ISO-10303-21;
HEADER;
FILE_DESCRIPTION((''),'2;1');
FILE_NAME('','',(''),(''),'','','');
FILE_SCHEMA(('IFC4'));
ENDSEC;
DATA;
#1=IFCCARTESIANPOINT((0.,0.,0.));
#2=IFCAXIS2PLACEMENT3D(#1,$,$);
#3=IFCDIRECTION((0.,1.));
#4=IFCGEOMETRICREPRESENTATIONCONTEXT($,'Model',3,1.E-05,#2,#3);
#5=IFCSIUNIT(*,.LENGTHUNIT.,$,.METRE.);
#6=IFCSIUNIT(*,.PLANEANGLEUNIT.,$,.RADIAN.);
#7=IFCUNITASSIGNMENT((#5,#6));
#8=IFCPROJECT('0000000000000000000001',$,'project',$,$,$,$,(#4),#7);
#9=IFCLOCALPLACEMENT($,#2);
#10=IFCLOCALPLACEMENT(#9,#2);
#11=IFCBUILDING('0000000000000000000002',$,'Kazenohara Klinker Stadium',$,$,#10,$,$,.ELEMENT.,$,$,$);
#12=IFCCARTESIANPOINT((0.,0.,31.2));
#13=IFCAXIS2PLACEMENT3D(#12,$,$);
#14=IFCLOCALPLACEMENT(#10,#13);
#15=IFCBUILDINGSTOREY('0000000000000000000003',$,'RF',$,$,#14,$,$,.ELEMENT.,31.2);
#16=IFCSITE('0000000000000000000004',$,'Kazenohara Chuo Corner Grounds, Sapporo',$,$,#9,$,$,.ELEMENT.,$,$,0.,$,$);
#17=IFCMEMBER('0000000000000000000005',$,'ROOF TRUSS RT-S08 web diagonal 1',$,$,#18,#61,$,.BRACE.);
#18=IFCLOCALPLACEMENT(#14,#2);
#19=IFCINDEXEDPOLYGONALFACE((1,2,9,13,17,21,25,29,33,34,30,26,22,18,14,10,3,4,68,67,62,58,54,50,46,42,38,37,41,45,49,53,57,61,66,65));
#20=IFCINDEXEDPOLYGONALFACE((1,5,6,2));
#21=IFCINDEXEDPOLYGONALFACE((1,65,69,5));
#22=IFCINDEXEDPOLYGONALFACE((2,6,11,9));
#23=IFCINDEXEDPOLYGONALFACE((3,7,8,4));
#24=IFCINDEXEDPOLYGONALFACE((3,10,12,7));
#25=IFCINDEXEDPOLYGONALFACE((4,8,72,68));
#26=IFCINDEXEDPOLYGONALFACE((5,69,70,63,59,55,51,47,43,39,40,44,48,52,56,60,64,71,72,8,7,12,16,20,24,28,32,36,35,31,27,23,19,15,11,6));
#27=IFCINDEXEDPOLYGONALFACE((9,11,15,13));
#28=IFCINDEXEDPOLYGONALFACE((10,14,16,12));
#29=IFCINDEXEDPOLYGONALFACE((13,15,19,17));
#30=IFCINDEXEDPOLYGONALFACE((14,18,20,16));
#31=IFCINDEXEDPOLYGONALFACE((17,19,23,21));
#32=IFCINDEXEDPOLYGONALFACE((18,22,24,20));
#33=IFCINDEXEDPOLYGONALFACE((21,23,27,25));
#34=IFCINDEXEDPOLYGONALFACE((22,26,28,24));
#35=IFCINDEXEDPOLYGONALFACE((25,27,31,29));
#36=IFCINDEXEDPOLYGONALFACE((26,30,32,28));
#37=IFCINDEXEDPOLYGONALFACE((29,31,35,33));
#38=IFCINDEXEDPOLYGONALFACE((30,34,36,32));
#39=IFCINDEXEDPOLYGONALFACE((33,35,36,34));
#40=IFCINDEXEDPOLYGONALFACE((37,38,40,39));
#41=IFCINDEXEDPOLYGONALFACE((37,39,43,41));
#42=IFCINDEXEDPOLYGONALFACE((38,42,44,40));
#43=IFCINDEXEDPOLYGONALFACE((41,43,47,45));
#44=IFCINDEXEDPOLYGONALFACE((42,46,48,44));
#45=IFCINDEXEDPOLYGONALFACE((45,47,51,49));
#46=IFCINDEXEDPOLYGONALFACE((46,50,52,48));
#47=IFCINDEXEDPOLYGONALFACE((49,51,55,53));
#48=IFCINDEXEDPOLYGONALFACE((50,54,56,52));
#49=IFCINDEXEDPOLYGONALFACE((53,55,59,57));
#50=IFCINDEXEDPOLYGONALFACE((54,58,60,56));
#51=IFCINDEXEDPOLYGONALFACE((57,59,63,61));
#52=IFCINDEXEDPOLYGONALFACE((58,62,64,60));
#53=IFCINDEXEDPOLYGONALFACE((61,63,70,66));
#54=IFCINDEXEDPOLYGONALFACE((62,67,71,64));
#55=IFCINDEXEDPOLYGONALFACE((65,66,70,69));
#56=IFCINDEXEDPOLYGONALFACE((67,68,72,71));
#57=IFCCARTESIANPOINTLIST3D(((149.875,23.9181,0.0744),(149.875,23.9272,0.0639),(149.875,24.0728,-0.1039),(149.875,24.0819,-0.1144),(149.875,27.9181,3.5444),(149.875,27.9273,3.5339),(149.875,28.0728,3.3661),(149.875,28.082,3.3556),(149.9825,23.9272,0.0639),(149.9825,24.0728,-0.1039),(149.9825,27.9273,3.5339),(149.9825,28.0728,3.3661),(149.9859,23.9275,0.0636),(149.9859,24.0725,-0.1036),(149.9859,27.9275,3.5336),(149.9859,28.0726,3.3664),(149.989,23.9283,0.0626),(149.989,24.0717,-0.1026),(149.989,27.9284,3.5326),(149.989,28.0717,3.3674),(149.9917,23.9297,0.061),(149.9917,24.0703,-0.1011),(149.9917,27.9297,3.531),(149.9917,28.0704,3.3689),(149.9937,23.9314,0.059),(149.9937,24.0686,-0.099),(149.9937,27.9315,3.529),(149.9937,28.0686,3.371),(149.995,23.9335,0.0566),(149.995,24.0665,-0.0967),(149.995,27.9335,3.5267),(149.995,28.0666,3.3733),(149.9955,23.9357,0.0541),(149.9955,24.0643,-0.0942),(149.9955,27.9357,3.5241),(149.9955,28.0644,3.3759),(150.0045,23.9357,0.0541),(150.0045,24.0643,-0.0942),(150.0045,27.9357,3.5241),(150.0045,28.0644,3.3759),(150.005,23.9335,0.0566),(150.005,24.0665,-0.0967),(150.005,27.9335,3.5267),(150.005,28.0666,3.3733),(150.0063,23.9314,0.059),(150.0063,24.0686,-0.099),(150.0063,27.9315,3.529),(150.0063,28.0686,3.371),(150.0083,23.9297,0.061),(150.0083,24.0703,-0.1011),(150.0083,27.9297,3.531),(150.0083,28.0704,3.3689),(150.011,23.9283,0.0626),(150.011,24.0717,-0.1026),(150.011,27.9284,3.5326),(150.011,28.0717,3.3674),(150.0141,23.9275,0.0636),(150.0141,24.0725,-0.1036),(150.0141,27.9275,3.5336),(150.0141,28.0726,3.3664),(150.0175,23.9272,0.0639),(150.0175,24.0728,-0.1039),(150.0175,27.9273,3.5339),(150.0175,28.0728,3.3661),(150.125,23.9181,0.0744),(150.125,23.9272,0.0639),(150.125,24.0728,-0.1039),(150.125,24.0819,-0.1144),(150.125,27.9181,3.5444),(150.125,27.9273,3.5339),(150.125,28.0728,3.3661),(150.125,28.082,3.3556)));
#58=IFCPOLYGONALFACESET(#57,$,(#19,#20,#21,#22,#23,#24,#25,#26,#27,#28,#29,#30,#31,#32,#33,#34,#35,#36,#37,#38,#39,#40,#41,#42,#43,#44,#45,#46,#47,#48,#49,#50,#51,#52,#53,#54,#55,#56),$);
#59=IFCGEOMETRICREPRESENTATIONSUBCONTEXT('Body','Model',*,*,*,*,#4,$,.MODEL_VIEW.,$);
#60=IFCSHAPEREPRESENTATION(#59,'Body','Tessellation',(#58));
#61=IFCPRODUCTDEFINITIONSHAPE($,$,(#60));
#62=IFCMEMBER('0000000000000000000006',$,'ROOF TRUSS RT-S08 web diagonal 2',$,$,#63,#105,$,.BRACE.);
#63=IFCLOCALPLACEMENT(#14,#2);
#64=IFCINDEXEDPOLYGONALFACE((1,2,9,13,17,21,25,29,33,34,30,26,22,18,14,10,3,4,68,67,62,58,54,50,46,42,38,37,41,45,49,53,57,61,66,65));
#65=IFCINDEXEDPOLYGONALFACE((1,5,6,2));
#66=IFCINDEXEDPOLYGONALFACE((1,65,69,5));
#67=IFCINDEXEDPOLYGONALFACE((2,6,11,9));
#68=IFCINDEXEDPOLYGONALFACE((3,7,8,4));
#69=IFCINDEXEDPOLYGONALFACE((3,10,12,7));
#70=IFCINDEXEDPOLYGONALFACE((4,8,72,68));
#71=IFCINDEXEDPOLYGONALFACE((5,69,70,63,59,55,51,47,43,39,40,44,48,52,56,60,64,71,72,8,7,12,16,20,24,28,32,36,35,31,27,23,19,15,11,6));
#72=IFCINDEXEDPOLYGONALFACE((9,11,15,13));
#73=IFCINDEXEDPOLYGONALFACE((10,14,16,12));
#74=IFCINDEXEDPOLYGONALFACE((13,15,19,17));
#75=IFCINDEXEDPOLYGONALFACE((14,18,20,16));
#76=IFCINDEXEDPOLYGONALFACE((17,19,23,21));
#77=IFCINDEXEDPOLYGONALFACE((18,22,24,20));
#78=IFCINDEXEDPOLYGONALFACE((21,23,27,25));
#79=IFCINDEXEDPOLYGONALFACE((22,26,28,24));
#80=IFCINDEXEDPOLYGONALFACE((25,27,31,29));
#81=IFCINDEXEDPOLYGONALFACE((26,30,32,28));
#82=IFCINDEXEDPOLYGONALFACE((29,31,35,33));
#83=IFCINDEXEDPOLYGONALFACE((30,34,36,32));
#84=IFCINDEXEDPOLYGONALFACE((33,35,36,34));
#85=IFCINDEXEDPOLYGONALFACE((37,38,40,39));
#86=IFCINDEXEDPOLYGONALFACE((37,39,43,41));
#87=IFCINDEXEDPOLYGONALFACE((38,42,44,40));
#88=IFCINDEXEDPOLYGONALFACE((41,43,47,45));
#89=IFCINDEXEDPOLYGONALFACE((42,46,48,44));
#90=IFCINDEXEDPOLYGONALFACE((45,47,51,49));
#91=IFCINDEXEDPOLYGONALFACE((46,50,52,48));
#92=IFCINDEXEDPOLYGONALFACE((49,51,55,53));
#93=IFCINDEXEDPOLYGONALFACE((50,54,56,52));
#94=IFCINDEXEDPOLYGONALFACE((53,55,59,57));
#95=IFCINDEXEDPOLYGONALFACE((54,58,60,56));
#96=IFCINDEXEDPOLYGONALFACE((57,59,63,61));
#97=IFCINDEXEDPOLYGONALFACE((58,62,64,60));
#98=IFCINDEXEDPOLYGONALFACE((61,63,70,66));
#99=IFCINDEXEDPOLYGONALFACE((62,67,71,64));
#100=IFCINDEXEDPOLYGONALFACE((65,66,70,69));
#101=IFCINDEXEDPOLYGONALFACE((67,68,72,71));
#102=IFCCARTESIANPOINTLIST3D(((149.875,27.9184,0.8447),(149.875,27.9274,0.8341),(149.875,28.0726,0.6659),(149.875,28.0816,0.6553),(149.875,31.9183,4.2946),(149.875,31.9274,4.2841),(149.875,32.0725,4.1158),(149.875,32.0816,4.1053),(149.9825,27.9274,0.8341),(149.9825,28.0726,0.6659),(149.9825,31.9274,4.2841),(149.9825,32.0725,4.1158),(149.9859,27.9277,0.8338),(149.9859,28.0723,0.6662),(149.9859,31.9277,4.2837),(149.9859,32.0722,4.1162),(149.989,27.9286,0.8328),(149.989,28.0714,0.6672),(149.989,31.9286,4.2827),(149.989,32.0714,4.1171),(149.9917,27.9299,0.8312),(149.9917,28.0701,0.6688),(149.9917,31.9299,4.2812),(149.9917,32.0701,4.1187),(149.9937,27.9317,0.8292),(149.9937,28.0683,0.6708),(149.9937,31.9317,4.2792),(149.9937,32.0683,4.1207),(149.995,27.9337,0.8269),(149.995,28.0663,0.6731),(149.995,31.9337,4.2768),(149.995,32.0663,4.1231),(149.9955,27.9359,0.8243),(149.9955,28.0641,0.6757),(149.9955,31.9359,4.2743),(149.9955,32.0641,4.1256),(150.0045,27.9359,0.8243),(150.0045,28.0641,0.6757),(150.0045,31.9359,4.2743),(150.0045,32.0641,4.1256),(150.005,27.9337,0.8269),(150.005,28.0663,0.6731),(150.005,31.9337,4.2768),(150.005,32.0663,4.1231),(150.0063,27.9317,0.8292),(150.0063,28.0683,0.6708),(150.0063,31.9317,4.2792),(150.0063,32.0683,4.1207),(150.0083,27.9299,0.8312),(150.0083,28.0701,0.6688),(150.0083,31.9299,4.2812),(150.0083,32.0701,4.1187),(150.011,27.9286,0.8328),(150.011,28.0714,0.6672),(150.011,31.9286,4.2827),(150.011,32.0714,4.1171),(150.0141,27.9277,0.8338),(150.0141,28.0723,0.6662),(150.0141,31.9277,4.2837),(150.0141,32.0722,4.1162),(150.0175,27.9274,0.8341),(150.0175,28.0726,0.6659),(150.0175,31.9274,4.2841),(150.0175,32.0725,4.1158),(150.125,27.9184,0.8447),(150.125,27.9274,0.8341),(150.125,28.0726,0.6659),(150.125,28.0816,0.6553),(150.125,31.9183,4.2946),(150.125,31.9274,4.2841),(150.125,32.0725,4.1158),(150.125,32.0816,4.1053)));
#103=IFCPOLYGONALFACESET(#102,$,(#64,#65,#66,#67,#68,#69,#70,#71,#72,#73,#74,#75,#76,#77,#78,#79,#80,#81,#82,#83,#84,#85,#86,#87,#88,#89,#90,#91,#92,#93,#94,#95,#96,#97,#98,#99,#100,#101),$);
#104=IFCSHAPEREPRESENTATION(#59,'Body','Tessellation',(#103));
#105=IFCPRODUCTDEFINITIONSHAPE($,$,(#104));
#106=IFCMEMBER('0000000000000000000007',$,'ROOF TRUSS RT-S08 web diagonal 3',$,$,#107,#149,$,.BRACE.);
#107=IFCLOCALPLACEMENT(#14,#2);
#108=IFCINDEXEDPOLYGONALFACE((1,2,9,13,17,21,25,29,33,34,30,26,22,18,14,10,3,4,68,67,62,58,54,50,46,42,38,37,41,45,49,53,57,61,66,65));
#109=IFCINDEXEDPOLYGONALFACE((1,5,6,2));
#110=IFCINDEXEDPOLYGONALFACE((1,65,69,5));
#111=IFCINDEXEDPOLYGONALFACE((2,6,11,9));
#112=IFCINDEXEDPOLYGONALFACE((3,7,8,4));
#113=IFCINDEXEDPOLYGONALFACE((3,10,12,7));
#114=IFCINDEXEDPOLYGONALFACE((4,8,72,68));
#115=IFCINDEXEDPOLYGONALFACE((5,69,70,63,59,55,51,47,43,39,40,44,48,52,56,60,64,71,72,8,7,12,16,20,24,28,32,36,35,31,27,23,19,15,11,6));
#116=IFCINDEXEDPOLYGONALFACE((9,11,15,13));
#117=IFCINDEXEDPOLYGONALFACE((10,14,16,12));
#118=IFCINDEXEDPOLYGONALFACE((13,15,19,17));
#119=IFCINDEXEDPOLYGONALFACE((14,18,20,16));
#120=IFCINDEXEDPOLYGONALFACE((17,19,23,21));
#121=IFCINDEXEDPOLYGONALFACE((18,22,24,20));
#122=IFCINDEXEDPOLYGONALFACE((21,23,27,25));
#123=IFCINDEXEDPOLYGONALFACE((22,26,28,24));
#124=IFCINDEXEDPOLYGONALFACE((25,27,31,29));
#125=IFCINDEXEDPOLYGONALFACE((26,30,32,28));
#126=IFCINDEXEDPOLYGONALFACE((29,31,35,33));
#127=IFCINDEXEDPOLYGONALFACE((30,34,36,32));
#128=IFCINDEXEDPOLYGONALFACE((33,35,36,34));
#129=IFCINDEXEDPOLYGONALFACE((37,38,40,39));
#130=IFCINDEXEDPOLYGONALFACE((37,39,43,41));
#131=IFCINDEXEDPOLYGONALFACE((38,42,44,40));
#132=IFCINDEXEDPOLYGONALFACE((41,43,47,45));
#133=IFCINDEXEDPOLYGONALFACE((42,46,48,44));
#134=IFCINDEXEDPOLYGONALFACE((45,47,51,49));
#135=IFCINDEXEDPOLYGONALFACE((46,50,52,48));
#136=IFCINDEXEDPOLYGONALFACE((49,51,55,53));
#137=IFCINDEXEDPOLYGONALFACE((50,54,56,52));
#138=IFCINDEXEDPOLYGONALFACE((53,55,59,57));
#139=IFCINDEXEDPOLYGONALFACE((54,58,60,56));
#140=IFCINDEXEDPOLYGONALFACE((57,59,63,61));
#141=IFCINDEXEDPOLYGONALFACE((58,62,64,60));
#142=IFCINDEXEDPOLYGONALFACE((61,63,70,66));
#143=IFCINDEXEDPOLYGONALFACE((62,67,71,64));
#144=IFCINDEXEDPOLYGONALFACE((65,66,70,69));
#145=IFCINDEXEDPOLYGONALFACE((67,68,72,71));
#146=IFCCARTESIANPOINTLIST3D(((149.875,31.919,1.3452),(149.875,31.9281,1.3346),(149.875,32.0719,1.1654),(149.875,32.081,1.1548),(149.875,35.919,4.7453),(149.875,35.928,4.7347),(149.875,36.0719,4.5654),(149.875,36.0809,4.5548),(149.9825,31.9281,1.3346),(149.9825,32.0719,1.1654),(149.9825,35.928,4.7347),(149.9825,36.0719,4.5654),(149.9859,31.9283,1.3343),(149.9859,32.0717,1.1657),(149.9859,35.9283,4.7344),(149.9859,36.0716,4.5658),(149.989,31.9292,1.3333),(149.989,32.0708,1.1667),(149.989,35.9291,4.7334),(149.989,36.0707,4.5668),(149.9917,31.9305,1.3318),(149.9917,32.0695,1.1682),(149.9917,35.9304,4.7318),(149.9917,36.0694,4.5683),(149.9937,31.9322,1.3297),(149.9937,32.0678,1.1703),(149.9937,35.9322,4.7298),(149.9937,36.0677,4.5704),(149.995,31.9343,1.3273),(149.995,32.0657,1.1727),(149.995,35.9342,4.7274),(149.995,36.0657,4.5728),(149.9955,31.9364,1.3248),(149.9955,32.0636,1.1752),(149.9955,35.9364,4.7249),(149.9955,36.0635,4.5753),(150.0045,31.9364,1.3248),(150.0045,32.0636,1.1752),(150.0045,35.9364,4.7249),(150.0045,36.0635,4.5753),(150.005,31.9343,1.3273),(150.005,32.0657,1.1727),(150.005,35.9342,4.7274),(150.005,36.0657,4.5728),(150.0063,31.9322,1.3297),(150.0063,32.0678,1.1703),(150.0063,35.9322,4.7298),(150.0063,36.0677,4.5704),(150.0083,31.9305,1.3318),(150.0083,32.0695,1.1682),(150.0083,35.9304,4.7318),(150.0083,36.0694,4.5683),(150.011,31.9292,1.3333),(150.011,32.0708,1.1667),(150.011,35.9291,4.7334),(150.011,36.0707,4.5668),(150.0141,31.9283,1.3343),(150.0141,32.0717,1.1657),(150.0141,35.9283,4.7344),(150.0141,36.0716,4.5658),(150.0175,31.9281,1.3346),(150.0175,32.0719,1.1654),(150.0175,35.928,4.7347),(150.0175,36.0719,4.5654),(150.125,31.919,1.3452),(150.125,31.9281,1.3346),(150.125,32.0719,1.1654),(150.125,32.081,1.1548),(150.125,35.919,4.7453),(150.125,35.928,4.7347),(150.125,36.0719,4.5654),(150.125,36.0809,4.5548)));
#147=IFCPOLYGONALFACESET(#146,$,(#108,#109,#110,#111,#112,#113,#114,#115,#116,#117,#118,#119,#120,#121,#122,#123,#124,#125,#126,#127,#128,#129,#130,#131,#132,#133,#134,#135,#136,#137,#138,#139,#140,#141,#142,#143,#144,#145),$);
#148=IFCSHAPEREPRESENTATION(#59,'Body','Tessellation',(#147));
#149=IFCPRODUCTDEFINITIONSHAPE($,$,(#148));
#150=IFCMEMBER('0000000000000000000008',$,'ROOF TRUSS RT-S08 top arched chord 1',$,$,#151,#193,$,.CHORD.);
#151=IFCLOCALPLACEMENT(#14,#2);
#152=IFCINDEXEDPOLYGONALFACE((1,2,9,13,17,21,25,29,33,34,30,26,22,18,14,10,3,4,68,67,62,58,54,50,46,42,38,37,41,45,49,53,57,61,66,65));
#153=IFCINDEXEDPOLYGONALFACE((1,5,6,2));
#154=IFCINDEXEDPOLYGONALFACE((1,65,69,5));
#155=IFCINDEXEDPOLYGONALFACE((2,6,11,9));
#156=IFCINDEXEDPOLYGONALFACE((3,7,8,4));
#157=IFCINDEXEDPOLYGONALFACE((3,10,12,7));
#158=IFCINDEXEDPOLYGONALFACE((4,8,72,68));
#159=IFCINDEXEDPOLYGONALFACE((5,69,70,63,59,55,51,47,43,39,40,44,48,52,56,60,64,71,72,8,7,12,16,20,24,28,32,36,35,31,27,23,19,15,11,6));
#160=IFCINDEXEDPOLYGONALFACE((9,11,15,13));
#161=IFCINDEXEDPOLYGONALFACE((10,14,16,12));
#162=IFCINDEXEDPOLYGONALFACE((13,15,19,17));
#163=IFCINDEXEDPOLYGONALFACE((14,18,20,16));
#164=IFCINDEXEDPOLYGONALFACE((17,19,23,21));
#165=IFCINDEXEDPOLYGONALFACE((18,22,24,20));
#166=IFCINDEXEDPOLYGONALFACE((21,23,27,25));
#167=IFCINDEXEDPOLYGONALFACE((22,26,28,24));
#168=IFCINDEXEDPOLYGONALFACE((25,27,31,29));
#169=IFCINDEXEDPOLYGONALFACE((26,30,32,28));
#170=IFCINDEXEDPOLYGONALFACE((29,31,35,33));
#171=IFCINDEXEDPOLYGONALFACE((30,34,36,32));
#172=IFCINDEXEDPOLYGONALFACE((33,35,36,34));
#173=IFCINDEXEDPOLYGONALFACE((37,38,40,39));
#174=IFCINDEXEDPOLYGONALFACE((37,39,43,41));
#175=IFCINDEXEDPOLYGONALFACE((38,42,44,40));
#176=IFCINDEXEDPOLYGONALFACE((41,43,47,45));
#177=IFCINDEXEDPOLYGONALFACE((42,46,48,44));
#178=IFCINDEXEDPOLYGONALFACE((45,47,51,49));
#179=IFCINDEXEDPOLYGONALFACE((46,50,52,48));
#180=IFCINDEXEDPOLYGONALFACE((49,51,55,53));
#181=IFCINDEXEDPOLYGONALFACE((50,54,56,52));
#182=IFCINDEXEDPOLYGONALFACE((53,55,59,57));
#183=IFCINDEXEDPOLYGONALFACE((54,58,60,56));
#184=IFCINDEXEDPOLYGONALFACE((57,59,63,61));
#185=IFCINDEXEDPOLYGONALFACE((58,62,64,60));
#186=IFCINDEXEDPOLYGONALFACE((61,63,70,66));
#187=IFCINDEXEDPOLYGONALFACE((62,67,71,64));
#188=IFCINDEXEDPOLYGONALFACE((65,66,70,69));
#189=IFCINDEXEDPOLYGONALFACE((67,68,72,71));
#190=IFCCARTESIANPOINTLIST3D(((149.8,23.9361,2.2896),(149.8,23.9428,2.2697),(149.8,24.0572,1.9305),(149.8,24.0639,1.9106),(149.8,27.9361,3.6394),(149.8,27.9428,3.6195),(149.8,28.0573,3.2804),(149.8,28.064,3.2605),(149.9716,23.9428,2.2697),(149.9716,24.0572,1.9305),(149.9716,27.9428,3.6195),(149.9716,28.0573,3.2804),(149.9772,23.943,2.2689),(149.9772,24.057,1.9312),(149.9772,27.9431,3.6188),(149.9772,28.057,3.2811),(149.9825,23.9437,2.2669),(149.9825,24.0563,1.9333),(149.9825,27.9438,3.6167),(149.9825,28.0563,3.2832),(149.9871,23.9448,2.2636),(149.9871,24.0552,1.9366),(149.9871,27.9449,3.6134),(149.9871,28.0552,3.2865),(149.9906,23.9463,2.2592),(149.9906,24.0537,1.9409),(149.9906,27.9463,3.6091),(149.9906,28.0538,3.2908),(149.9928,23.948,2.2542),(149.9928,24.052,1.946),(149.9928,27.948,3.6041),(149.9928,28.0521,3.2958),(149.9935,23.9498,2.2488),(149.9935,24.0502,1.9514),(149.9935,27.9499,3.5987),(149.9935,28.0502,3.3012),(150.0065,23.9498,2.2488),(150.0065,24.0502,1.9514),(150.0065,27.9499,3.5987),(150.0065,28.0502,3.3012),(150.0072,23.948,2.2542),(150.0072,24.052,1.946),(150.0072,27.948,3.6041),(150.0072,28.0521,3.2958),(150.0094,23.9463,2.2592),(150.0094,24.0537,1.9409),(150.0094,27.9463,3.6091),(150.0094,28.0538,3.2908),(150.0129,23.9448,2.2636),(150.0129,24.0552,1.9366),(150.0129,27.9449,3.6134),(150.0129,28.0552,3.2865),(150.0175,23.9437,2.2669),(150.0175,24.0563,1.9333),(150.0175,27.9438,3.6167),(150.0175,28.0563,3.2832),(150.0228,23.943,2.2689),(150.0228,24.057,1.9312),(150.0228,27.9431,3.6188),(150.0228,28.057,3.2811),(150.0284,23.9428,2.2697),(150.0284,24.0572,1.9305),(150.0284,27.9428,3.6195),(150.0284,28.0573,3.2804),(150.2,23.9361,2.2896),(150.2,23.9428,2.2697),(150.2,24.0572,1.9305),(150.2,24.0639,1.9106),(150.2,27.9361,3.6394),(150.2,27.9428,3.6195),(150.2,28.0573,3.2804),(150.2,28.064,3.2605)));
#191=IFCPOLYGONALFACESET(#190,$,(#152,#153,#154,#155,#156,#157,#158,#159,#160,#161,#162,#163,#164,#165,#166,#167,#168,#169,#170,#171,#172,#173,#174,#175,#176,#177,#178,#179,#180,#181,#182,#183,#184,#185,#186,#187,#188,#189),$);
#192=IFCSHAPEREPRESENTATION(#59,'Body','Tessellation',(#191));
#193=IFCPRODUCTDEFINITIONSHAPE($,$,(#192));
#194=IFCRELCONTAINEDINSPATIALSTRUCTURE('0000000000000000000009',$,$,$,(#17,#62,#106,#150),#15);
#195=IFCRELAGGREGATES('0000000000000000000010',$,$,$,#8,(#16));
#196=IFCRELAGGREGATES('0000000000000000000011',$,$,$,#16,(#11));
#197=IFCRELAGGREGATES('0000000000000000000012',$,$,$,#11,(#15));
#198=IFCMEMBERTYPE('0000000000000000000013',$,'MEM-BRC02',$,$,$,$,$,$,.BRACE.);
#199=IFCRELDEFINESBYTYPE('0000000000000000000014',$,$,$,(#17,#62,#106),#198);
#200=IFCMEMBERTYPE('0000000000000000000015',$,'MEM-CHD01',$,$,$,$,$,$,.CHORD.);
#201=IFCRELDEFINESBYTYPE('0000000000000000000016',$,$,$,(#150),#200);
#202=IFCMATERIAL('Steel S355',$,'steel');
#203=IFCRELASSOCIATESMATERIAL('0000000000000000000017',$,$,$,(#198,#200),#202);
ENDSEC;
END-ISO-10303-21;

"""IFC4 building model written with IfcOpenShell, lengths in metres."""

from ifc_helpers import new_model, si_unit, direction, frame, origin, origin_2d, place, context, subcontext, project, spatial, i_section, extrude, material, material_profile, profile_set, type_object, element, save


model = new_model("IFC4")

# Units and contexts
model_context = context("Model", 3, precision=1e-05, world=origin(), true_north=direction((0.0, 1.0)))
body_context = subcontext(model_context, "Body", "Model", "MODEL_VIEW")
ifc_project = project(units=[si_unit("LENGTHUNIT", "METRE"), si_unit("PLANEANGLEUNIT", "RADIAN")], contexts=[model_context])

# Site, building, storey
site_placement = place(None, origin())
site = spatial("IfcSite", under=ifc_project, at=site_placement, Name="Kazenohara Chuo Corner Grounds, Sapporo", CompositionType="ELEMENT", RefElevation=0.0)
building_placement = place(site_placement, origin())
building = spatial("IfcBuilding", under=site, at=building_placement, Name="Kazenohara Klinker Stadium", CompositionType="ELEMENT")
storey_placement = place(building_placement, frame((0.0, 0.0, 31.2)))
storey = spatial("IfcBuildingStorey", under=building, at=storey_placement, Name="RF", CompositionType="ELEMENT", Elevation=31.2)

# Members
ifc_material_1 = material(Name="Steel S355", Category="steel")
ifc_material_profile_1 = material_profile(ifc_material_1, i_section(OverallWidth=0.25, OverallDepth=0.25, WebThickness=0.009, FlangeThickness=0.0139, FilletRadius=0.0129, at=origin_2d()), Name="H-250x250x9x14")
ifc_profile_set_1 = profile_set([ifc_material_profile_1], Name="Steel S355")
member_type_1 = type_object("IfcMemberType", Name="MEM-BRC02", PredefinedType="BRACE", material=ifc_profile_set_1)
member_1_placement = place(storey_placement, frame((150.0, 24.0, -0.02), z_axis=(0.0, 0.75538, 0.655287), x_axis=(-1.0, 0.0, 0.0)))
element("IfcMember", 1, at=member_1_placement, inside=storey, type_object=member_type_1, Name="ROOF TRUSS RT-S08 web diagonal 1", PredefinedType="BRACE", context=body_context, shape_type="SweptSolid", body=[
    extrude(i_section(OverallWidth=0.25, OverallDepth=0.25, WebThickness=0.009, FlangeThickness=0.0139, FilletRadius=0.0129, at=origin_2d()), origin(), (0.0, 0.0, 1.0), 5.2954),
])
member_2_placement = place(storey_placement, frame((150.0, 28.0, 0.75), z_axis=(0.0, 0.757253, 0.653122), x_axis=(-1.0, 0.0, 0.0)))
element("IfcMember", 2, at=member_2_placement, inside=storey, type_object=member_type_1, Name="ROOF TRUSS RT-S08 web diagonal 2", PredefinedType="BRACE", context=body_context, shape_type="SweptSolid", body=[
    extrude(i_section(OverallWidth=0.25, OverallDepth=0.25, WebThickness=0.009, FlangeThickness=0.0139, FilletRadius=0.0129, at=origin_2d()), origin(), (0.0, 0.0, 1.0), 5.2822),
])
member_3_placement = place(storey_placement, frame((150.0, 32.0, 1.25), z_axis=(0.0, 0.761926, 0.647665), x_axis=(-1.0, 0.0, 0.0)))
element("IfcMember", 3, at=member_3_placement, inside=storey, type_object=member_type_1, Name="ROOF TRUSS RT-S08 web diagonal 3", PredefinedType="BRACE", context=body_context, shape_type="SweptSolid", body=[
    extrude(i_section(OverallWidth=0.25, OverallDepth=0.25, WebThickness=0.009, FlangeThickness=0.0139, FilletRadius=0.0129, at=origin_2d()), origin(), (0.0, 0.0, 1.0), 5.2498),
])
ifc_material_profile_2 = material_profile(ifc_material_1, i_section(OverallWidth=0.3999, OverallDepth=0.3999, WebThickness=0.0129, FlangeThickness=0.021, FilletRadius=0.022, at=origin_2d()), Name="H-400x400x13x21")
ifc_profile_set_2 = profile_set([ifc_material_profile_2], Name="Steel S355")
member_type_2 = type_object("IfcMemberType", Name="MEM-CHD01", PredefinedType="CHORD", material=ifc_profile_set_2)
member_4_placement = place(storey_placement, frame((150.0, 24.0, 2.1001), z_axis=(0.0, 0.947503, 0.319747), x_axis=(-1.0, 0.0, 0.0)))
element("IfcMember", 4, at=member_4_placement, inside=storey, type_object=member_type_2, Name="ROOF TRUSS RT-S08 top arched chord 1", PredefinedType="CHORD", context=body_context, shape_type="SweptSolid", body=[
    extrude(i_section(OverallWidth=0.3999, OverallDepth=0.3999, WebThickness=0.0129, FlangeThickness=0.021, FilletRadius=0.022, at=origin_2d()), origin(), (0.0, 0.0, 1.0), 4.2217),
])

save(model, "model.ifc")
